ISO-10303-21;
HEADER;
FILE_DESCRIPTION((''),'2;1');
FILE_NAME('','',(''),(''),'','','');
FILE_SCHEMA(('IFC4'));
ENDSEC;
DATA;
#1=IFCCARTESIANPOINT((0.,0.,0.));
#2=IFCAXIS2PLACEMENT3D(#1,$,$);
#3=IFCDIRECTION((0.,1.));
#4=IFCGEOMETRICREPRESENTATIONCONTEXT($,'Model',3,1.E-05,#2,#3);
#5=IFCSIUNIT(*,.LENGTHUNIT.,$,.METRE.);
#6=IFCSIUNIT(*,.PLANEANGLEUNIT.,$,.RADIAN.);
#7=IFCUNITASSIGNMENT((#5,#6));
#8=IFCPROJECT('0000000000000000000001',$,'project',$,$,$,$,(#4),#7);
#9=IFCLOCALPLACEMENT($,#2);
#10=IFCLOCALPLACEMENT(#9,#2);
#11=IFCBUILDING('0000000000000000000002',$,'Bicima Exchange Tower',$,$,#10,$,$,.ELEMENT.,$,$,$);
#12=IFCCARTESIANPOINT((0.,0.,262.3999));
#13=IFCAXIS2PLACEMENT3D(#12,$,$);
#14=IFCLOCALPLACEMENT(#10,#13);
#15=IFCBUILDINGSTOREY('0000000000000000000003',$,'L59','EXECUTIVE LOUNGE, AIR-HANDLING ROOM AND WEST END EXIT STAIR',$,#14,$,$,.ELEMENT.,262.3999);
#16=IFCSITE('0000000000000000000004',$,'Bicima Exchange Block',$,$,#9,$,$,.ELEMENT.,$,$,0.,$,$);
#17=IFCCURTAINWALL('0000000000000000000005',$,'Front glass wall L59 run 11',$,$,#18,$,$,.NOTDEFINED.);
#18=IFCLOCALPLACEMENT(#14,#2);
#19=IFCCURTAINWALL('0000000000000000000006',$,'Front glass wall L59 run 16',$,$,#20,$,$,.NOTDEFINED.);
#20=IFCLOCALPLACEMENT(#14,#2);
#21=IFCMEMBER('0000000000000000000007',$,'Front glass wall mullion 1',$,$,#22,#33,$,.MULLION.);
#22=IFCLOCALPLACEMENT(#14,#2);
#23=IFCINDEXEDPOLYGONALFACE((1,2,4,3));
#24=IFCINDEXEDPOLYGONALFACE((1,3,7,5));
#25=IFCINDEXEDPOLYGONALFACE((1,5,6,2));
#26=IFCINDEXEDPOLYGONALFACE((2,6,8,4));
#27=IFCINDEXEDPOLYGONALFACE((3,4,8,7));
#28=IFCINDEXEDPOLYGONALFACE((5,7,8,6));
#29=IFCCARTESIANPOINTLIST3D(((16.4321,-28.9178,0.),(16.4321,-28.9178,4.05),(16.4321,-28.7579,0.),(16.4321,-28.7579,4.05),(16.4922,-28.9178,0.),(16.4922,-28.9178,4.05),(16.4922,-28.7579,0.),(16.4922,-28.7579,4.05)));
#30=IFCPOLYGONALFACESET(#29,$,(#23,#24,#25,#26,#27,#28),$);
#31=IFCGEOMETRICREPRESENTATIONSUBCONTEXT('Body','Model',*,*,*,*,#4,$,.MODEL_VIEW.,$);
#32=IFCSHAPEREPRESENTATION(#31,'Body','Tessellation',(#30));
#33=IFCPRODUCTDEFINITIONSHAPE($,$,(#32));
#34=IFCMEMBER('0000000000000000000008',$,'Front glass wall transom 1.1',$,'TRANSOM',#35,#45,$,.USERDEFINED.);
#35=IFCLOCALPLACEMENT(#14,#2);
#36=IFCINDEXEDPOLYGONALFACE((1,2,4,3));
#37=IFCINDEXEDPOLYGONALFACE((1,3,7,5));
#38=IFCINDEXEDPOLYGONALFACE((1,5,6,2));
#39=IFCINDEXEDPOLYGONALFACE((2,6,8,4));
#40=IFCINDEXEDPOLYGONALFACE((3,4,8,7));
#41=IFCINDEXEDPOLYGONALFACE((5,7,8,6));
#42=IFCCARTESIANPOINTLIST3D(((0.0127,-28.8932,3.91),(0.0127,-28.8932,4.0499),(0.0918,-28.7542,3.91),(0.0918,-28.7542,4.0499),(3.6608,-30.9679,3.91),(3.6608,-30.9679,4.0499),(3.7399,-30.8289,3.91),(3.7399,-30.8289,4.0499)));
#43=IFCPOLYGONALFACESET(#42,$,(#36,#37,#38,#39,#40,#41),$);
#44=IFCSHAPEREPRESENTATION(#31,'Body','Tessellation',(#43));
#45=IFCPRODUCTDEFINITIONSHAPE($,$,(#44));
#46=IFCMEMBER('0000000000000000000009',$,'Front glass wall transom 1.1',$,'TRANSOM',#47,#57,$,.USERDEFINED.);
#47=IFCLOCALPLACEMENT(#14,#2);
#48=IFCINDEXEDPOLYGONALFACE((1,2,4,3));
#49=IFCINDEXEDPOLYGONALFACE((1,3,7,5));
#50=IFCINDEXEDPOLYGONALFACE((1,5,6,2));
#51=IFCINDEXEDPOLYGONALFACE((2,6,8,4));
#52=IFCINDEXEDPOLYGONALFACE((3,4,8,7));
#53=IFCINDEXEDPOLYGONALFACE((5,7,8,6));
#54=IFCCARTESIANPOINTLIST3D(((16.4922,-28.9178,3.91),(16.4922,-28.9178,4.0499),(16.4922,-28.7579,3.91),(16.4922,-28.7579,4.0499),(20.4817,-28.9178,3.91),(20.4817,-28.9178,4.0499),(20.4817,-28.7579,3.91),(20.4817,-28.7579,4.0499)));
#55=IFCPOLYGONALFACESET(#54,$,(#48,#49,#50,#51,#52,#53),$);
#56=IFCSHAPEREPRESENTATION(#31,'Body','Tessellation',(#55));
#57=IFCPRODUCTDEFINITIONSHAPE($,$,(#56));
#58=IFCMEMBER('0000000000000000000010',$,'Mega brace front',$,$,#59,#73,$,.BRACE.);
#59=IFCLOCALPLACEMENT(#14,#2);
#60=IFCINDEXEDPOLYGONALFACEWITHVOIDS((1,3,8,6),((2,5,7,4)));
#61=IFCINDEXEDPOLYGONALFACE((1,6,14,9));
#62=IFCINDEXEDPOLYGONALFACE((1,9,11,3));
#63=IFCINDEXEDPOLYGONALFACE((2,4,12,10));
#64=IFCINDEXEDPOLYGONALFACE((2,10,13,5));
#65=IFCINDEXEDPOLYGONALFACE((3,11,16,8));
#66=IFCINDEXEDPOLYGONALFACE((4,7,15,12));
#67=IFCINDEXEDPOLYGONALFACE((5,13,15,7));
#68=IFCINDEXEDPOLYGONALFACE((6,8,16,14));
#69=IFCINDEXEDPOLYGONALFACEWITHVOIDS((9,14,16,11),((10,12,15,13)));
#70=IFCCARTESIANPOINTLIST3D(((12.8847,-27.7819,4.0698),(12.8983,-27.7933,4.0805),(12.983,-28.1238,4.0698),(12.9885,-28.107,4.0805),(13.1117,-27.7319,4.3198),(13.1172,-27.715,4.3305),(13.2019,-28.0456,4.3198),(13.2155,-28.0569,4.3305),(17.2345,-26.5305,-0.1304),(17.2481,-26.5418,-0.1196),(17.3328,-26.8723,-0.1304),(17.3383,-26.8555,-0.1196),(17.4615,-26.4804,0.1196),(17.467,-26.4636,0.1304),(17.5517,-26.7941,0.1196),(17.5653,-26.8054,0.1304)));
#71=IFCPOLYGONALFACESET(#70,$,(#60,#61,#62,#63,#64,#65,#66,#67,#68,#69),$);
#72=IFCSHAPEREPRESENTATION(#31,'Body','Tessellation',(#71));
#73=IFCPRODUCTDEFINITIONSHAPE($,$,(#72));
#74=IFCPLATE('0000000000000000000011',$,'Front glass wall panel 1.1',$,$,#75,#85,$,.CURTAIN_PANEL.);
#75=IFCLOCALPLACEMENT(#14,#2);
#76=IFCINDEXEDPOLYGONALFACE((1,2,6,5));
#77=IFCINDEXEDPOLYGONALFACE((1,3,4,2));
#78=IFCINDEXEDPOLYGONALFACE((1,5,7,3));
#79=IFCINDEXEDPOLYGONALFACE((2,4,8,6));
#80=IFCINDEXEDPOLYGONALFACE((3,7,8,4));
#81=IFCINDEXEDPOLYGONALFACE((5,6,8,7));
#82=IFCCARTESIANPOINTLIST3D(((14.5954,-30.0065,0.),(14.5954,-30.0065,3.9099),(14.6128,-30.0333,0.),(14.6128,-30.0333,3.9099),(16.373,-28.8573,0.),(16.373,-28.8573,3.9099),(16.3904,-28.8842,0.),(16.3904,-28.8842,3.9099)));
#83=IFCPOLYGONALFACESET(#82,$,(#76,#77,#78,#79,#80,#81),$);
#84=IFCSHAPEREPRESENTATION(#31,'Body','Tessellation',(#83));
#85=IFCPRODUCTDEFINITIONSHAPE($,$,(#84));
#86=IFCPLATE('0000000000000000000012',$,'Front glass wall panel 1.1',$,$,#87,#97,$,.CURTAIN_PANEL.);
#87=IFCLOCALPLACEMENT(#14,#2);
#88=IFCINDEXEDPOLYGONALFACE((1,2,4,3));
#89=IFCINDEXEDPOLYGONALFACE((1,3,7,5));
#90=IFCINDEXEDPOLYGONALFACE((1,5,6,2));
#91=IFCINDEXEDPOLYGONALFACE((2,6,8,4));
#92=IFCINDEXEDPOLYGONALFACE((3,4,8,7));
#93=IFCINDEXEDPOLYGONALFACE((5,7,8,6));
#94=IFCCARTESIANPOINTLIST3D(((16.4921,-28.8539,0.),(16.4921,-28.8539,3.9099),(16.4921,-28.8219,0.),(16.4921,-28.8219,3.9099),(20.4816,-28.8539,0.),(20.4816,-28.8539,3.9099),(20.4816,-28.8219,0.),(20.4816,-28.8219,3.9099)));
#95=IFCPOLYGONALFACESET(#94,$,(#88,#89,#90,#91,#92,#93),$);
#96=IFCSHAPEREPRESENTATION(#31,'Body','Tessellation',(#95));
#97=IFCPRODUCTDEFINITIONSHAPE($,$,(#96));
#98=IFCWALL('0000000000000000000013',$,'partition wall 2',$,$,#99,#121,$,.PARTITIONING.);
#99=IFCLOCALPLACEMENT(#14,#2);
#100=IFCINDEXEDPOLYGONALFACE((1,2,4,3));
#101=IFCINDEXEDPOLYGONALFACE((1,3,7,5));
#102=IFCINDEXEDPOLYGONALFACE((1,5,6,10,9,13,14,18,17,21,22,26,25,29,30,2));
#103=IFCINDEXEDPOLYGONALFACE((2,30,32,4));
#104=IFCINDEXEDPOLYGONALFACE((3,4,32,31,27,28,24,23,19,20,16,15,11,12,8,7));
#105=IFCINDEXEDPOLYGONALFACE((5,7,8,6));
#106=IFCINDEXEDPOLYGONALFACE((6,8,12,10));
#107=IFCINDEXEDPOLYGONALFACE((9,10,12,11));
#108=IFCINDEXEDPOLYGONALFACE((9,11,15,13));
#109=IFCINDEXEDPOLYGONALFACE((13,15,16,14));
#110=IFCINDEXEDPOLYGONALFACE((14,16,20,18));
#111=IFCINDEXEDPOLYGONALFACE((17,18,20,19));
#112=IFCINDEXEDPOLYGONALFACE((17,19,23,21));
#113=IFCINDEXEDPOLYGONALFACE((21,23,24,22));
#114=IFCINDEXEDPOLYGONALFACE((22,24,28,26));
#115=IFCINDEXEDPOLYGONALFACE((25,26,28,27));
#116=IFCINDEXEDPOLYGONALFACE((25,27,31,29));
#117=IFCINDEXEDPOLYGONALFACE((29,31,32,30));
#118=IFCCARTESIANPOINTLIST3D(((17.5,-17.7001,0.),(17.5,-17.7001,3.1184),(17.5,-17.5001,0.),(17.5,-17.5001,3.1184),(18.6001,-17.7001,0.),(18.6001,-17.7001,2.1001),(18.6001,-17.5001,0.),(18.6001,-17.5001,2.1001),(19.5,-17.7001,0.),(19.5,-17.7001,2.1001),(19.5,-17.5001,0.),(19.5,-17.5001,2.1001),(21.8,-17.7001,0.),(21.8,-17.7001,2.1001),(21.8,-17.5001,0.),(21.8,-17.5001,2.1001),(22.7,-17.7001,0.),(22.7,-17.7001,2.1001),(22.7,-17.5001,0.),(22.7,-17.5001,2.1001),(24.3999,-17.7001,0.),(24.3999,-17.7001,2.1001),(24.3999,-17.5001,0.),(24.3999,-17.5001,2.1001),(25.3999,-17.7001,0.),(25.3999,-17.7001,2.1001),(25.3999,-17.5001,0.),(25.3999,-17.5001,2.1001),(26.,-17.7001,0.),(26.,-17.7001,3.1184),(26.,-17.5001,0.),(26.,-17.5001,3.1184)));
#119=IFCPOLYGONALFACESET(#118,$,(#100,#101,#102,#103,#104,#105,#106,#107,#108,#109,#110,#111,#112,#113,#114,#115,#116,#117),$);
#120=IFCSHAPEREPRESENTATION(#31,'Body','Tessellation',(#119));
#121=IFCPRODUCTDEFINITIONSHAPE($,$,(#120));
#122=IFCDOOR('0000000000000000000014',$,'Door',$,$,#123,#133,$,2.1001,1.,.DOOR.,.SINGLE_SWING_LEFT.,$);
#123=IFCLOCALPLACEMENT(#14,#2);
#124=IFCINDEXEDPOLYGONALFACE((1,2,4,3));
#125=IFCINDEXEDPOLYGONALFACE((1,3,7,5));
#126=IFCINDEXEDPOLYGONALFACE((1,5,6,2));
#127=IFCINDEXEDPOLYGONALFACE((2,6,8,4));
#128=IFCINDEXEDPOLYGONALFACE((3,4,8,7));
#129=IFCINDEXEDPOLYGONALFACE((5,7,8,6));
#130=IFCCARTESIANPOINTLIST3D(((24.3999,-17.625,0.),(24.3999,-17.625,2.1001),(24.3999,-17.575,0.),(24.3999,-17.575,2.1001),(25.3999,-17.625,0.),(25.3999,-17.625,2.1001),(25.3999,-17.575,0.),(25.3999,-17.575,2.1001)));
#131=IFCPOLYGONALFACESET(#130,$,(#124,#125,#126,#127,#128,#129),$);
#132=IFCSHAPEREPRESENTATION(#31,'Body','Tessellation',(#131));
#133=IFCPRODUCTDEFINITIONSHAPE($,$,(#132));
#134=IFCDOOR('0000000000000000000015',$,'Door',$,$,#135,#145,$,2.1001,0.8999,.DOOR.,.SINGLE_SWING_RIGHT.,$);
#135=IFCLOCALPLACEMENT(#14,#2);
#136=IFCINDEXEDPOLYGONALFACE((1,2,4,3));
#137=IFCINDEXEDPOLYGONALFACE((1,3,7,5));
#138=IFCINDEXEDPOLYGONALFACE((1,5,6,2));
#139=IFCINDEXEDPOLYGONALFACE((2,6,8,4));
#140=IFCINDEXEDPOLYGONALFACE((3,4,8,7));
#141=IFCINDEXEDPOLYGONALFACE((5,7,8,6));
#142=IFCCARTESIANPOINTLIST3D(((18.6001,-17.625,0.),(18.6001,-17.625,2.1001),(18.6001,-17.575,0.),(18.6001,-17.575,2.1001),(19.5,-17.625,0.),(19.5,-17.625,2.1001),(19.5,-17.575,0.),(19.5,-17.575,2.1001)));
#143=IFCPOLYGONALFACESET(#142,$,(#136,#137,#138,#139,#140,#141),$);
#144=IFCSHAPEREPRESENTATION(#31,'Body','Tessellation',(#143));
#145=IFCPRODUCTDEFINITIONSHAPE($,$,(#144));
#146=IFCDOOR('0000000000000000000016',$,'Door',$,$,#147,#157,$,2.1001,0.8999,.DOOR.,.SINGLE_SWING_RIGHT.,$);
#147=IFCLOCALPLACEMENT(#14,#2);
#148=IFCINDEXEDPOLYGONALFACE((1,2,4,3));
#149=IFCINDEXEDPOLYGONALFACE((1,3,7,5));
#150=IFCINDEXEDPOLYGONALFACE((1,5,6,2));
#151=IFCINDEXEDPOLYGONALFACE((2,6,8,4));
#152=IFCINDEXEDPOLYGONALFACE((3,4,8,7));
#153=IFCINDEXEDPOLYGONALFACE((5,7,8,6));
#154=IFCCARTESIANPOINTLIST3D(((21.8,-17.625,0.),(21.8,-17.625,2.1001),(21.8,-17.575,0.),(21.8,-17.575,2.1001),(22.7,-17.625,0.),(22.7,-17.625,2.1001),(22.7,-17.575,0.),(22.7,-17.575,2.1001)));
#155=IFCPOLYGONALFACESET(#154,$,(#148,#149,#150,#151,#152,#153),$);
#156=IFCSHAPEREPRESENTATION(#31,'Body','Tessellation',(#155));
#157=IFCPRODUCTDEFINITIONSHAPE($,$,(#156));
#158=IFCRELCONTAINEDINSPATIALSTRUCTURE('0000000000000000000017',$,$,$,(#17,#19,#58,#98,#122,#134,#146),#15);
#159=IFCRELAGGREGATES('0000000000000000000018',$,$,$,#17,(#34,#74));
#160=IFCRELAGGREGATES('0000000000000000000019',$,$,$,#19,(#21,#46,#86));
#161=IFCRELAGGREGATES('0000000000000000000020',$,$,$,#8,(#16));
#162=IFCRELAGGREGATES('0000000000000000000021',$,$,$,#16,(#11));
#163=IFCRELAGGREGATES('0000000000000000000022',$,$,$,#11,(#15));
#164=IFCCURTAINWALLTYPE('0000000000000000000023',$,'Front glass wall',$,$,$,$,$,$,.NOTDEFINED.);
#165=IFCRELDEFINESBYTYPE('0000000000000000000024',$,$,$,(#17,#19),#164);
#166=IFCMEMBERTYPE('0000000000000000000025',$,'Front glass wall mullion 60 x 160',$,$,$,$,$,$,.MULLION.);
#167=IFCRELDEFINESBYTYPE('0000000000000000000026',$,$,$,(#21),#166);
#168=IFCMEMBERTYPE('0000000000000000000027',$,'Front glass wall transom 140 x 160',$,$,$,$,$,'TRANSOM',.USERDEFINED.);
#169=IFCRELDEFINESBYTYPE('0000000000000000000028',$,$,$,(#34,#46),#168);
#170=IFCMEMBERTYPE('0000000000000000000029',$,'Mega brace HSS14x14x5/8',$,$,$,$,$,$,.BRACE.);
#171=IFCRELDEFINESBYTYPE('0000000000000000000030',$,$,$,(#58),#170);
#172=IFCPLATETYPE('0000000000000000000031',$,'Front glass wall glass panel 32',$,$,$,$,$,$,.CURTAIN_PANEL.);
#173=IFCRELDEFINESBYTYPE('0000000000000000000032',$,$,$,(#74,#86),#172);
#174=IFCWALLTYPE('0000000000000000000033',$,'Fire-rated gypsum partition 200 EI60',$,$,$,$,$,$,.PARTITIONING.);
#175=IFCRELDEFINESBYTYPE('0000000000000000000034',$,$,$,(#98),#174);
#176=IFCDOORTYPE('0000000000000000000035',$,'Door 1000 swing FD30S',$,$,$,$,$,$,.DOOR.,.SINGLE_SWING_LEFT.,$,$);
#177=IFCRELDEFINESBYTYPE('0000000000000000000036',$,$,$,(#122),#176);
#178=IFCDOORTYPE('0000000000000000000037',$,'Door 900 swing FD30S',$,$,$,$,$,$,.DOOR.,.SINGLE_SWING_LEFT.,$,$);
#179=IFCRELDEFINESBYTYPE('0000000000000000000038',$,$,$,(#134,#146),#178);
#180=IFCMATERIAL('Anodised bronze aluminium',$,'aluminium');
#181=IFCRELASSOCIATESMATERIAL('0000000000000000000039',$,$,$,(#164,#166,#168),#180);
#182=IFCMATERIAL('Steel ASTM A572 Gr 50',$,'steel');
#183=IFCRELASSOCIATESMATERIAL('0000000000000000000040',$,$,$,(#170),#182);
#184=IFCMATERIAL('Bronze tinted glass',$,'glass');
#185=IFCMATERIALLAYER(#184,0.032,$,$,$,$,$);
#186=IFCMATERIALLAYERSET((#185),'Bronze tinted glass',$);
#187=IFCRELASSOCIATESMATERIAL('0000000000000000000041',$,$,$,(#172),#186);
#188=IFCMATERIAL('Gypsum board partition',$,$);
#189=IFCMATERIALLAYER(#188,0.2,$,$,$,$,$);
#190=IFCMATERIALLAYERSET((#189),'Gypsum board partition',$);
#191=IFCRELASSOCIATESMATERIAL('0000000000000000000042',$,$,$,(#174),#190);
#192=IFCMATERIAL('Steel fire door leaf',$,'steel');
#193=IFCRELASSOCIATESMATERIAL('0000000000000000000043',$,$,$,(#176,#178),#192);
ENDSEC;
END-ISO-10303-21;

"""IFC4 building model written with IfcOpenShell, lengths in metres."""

from ifc_helpers import new_model, si_unit, direction, frame, frame_2d, origin, origin_2d, place, context, subcontext, project, spatial, rectangle, hollow_rectangle, extrude, material, layer, layer_set, material_profile, profile_set, type_object, element, fill, aggregate, save


model = new_model("IFC4")

# Units and contexts
model_context = context("Model", 3, precision=1e-05, world=origin(), true_north=direction((0.0, 1.0)))
body_context = subcontext(model_context, "Body", "Model", "MODEL_VIEW")
ifc_project = project(units=[si_unit("LENGTHUNIT", "METRE"), si_unit("PLANEANGLEUNIT", "RADIAN")], contexts=[model_context])

# Site, building, storey
site_placement = place(None, origin())
site = spatial("IfcSite", under=ifc_project, at=site_placement, Name="Bicima Exchange Block", CompositionType="ELEMENT", RefElevation=0.0)
building_placement = place(site_placement, origin())
building = spatial("IfcBuilding", under=site, at=building_placement, Name="Bicima Exchange Tower", CompositionType="ELEMENT")
storey_placement = place(building_placement, frame((0.0, 0.0, 262.3999)))
storey = spatial("IfcBuildingStorey", under=building, at=storey_placement, Name="L59", Description="EXECUTIVE LOUNGE, AIR-HANDLING ROOM AND WEST END EXIT STAIR", CompositionType="ELEMENT", Elevation=262.3999)

# Curtain wall
ifc_material_1 = material(Name="Anodised bronze aluminium", Category="aluminium")
curtain_wall_type = type_object("IfcCurtainWallType", Name="Front glass wall", PredefinedType="NOTDEFINED", material=ifc_material_1)
curtain_wall_1_placement = place(storey_placement, origin())
curtain_wall_1 = element("IfcCurtainWall", 1, at=curtain_wall_1_placement, inside=storey, type_object=curtain_wall_type, Name="Front glass wall L59 run 11", PredefinedType="NOTDEFINED")
ifc_material_profile_1 = material_profile(ifc_material_1, rectangle(XDim=0.1599, YDim=0.0601, at=origin_2d()))
ifc_profile_set_1 = profile_set([ifc_material_profile_1], Name="Anodised bronze aluminium")
member_type_1 = type_object("IfcMemberType", Name="Front glass wall mullion 60 x 160", PredefinedType="MULLION", material=ifc_profile_set_1)

# Curtain wall, member
curtain_wall_2_placement = place(storey_placement, origin())
curtain_wall_2 = element("IfcCurtainWall", 2, at=curtain_wall_2_placement, inside=storey, type_object=curtain_wall_type, Name="Front glass wall L59 run 16", PredefinedType="NOTDEFINED")
member_1_placement = place(storey_placement, frame((16.4622, -28.8379, 0.0), z_axis=(0.0, 0.0, 1.0), x_axis=(0.0, 1.0, 0.0)))
member_1 = element("IfcMember", 3, at=member_1_placement, type_object=member_type_1, Name="Front glass wall mullion 1", PredefinedType="MULLION", context=body_context, shape_type="SweptSolid", body=[
    extrude(rectangle(XDim=0.1599, YDim=0.0601, at=origin_2d()), origin(), (0.0, 0.0, 1.0), 4.05),
])

# Members
ifc_material_profile_2 = material_profile(ifc_material_1, rectangle(XDim=0.1599, YDim=0.1399, at=origin_2d()))
ifc_profile_set_2 = profile_set([ifc_material_profile_2], Name="Anodised bronze aluminium")
member_type_2 = type_object("IfcMemberType", Name="Front glass wall transom 140 x 160", ElementType="TRANSOM", PredefinedType="USERDEFINED", material=ifc_profile_set_2)
member_2_placement = place(storey_placement, frame((0.0522, -28.8237, 3.98), z_axis=(0.869265, -0.494346, 0.0), x_axis=(0.494346, 0.869265, 0.0)))
member_2 = element("IfcMember", 4, at=member_2_placement, type_object=member_type_2, Name="Front glass wall transom 1.1", ObjectType="TRANSOM", PredefinedType="USERDEFINED", context=body_context, shape_type="SweptSolid", body=[
    extrude(rectangle(XDim=0.1599, YDim=0.1399, at=origin_2d()), origin(), (0.0, 0.0, 1.0), 4.1968),
])
member_3_placement = place(storey_placement, frame((16.4922, -28.8379, 3.98), z_axis=(1.0, 0.0, 0.0), x_axis=(0.0, 1.0, 0.0)))
member_3 = element("IfcMember", 5, at=member_3_placement, type_object=member_type_2, Name="Front glass wall transom 1.1", ObjectType="TRANSOM", PredefinedType="USERDEFINED", context=body_context, shape_type="SweptSolid", body=[
    extrude(rectangle(XDim=0.1599, YDim=0.1399, at=origin_2d()), origin(), (0.0, 0.0, 1.0), 3.9895),
])
ifc_material_2 = material(Name="Steel ASTM A572 Gr 50", Category="steel")
ifc_material_profile_3 = material_profile(ifc_material_2, hollow_rectangle(XDim=0.3557, YDim=0.3557, WallThickness=0.0146, at=origin_2d()))
ifc_profile_set_3 = profile_set([ifc_material_profile_3], Name="Steel ASTM A572 Gr 50")
member_type_3 = type_object("IfcMemberType", Name="Mega brace HSS14x14x5/8", PredefinedType="BRACE", material=ifc_profile_set_3)
member_4_placement = place(storey_placement, frame((17.3999, -26.668, 0.0), z_axis=(-0.704444, -0.202671, 0.680208), x_axis=(0.276487, -0.961018, 0.0)))
element("IfcMember", 6, at=member_4_placement, inside=storey, type_object=member_type_3, Name="Mega brace front", PredefinedType="BRACE", context=body_context, shape_type="SweptSolid", body=[
    extrude(hollow_rectangle(XDim=0.3557, YDim=0.3557, WallThickness=0.0146, at=origin_2d()), origin(), (0.0, 0.0, 1.0), 6.1748),
])

# Plates
ifc_material_3 = material(Name="Bronze tinted glass", Category="glass")
ifc_layer_1 = layer(ifc_material_3, 0.032)
ifc_layer_set_1 = layer_set([ifc_layer_1], Name="Bronze tinted glass")
plate_type = type_object("IfcPlateType", Name="Front glass wall glass panel 32", PredefinedType="CURTAIN_PANEL", material=ifc_layer_set_1)
plate_1_placement = place(storey_placement, frame((15.4929, -29.4453, 0.0), z_axis=(0.0, 0.0, 1.0), x_axis=(0.839791, 0.542909, 0.0)))
plate_1 = element("IfcPlate", 7, at=plate_1_placement, type_object=plate_type, Name="Front glass wall panel 1.1", PredefinedType="CURTAIN_PANEL", context=body_context, shape_type="SweptSolid", body=[
    extrude(rectangle(XDim=2.1167, YDim=0.032, at=origin_2d()), origin(), (0.0, 0.0, 1.0), 3.9099),
])
aggregate(curtain_wall_1, [member_2, plate_1])
plate_2_placement = place(storey_placement, frame((18.4868, -28.8379, 0.0), z_axis=(0.0, 0.0, 1.0), x_axis=(1.0, 0.0, 0.0)))
plate_2 = element("IfcPlate", 8, at=plate_2_placement, type_object=plate_type, Name="Front glass wall panel 1.1", PredefinedType="CURTAIN_PANEL", context=body_context, shape_type="SweptSolid", body=[
    extrude(rectangle(XDim=3.9895, YDim=0.032, at=origin_2d()), origin(), (0.0, 0.0, 1.0), 3.9099),
])
aggregate(curtain_wall_2, [member_1, member_3, plate_2])

# Wall, openings, doors
ifc_material_4 = material(Name="Gypsum board partition")
ifc_layer_2 = layer(ifc_material_4, 0.2)
ifc_layer_set_2 = layer_set([ifc_layer_2], Name="Gypsum board partition")
wall_type_1 = type_object("IfcWallType", Name="Fire-rated gypsum partition 200 EI60", PredefinedType="PARTITIONING", material=ifc_layer_set_2)
wall_1_placement = place(storey_placement, frame((17.5, -17.6001, 0.0), z_axis=(0.0, 0.0, 1.0), x_axis=(1.0, 0.0, 0.0)))
wall_1 = element("IfcWall", 9, at=wall_1_placement, inside=storey, type_object=wall_type_1, Name="partition wall 2", PredefinedType="PARTITIONING", context=body_context, shape_type="SweptSolid", body=[
    extrude(rectangle(XDim=8.5, YDim=0.2, at=frame_2d((4.25, 0.0))), origin(), (0.0, 0.0, 1.0), 3.1184),
])
opening_1_placement = place(wall_1_placement, frame((1.1001, 0.0, 0.0)))
opening_1 = element("IfcOpeningElement", 10, at=opening_1_placement, cuts=wall_1, PredefinedType="OPENING", context=body_context, shape_type="SweptSolid", body=[
    extrude(rectangle(XDim=0.8999, YDim=2.1001, at=frame_2d((0.45, 1.05))), frame((0.0, 0.1118, 0.0), z_axis=(0.0, -1.0, 0.0), x_axis=(1.0, 0.0, 0.0)), (0.0, 0.0, 1.0), 0.2239),
])
opening_2_placement = place(wall_1_placement, frame((4.3, 0.0, 0.0)))
opening_2 = element("IfcOpeningElement", 11, at=opening_2_placement, cuts=wall_1, PredefinedType="OPENING", context=body_context, shape_type="SweptSolid", body=[
    extrude(rectangle(XDim=0.8999, YDim=2.1001, at=frame_2d((0.45, 1.05))), frame((0.0, 0.1118, 0.0), z_axis=(0.0, -1.0, 0.0), x_axis=(1.0, 0.0, 0.0)), (0.0, 0.0, 1.0), 0.2239),
])
opening_3_placement = place(wall_1_placement, frame((6.8999, 0.0, 0.0)))
opening_3 = element("IfcOpeningElement", 12, at=opening_3_placement, cuts=wall_1, PredefinedType="OPENING", context=body_context, shape_type="SweptSolid", body=[
    extrude(rectangle(XDim=1.0, YDim=2.1001, at=frame_2d((0.5, 1.05))), frame((0.0, 0.1118, 0.0), z_axis=(0.0, -1.0, 0.0), x_axis=(1.0, 0.0, 0.0)), (0.0, 0.0, 1.0), 0.2239),
])
ifc_material_5 = material(Name="Steel fire door leaf", Category="steel")
door_type_1 = type_object("IfcDoorType", Name="Door 1000 swing FD30S", OperationType="SINGLE_SWING_LEFT", PredefinedType="DOOR", material=ifc_material_5)
door_1_placement = place(opening_3_placement, frame((1.0, 0.0, 0.0), z_axis=(0.0, 0.0, 1.0), x_axis=(-1.0, 0.0, 0.0)))
door_1 = element("IfcDoor", 13, at=door_1_placement, inside=storey, type_object=door_type_1, Name="Door", OperationType="SINGLE_SWING_LEFT", OverallHeight=2.1001, OverallWidth=1.0, PredefinedType="DOOR", context=body_context, shape_type="SweptSolid", body=[
    extrude(rectangle(XDim=1.0, YDim=2.1001, at=frame_2d((0.5, 1.05))), frame((0.0, 0.0249, 0.0), z_axis=(0.0, -1.0, 0.0), x_axis=(1.0, 0.0, 0.0)), (0.0, 0.0, 1.0), 0.05),
])
fill(opening_3, door_1)
door_type_2 = type_object("IfcDoorType", Name="Door 900 swing FD30S", OperationType="SINGLE_SWING_LEFT", PredefinedType="DOOR", material=ifc_material_5)
door_2_placement = place(opening_1_placement, frame((0.8999, 0.0, 0.0), z_axis=(0.0, 0.0, 1.0), x_axis=(-1.0, 0.0, 0.0)))
door_2 = element("IfcDoor", 14, at=door_2_placement, inside=storey, type_object=door_type_2, Name="Door", OperationType="SINGLE_SWING_RIGHT", OverallHeight=2.1001, OverallWidth=0.8999, PredefinedType="DOOR", context=body_context, shape_type="SweptSolid", body=[
    extrude(rectangle(XDim=0.8999, YDim=2.1001, at=frame_2d((0.45, 1.05))), frame((0.0, 0.0249, 0.0), z_axis=(0.0, -1.0, 0.0), x_axis=(1.0, 0.0, 0.0)), (0.0, 0.0, 1.0), 0.05),
])
fill(opening_1, door_2)
door_3_placement = place(opening_2_placement, frame((0.8999, 0.0, 0.0), z_axis=(0.0, 0.0, 1.0), x_axis=(-1.0, 0.0, 0.0)))
door_3 = element("IfcDoor", 15, at=door_3_placement, inside=storey, type_object=door_type_2, Name="Door", OperationType="SINGLE_SWING_RIGHT", OverallHeight=2.1001, OverallWidth=0.8999, PredefinedType="DOOR", context=body_context, shape_type="SweptSolid", body=[
    extrude(rectangle(XDim=0.8999, YDim=2.1001, at=frame_2d((0.45, 1.05))), frame((0.0, 0.0249, 0.0), z_axis=(0.0, -1.0, 0.0), x_axis=(1.0, 0.0, 0.0)), (0.0, 0.0, 1.0), 0.05),
])
fill(opening_2, door_3)

save(model, "model.ifc")
